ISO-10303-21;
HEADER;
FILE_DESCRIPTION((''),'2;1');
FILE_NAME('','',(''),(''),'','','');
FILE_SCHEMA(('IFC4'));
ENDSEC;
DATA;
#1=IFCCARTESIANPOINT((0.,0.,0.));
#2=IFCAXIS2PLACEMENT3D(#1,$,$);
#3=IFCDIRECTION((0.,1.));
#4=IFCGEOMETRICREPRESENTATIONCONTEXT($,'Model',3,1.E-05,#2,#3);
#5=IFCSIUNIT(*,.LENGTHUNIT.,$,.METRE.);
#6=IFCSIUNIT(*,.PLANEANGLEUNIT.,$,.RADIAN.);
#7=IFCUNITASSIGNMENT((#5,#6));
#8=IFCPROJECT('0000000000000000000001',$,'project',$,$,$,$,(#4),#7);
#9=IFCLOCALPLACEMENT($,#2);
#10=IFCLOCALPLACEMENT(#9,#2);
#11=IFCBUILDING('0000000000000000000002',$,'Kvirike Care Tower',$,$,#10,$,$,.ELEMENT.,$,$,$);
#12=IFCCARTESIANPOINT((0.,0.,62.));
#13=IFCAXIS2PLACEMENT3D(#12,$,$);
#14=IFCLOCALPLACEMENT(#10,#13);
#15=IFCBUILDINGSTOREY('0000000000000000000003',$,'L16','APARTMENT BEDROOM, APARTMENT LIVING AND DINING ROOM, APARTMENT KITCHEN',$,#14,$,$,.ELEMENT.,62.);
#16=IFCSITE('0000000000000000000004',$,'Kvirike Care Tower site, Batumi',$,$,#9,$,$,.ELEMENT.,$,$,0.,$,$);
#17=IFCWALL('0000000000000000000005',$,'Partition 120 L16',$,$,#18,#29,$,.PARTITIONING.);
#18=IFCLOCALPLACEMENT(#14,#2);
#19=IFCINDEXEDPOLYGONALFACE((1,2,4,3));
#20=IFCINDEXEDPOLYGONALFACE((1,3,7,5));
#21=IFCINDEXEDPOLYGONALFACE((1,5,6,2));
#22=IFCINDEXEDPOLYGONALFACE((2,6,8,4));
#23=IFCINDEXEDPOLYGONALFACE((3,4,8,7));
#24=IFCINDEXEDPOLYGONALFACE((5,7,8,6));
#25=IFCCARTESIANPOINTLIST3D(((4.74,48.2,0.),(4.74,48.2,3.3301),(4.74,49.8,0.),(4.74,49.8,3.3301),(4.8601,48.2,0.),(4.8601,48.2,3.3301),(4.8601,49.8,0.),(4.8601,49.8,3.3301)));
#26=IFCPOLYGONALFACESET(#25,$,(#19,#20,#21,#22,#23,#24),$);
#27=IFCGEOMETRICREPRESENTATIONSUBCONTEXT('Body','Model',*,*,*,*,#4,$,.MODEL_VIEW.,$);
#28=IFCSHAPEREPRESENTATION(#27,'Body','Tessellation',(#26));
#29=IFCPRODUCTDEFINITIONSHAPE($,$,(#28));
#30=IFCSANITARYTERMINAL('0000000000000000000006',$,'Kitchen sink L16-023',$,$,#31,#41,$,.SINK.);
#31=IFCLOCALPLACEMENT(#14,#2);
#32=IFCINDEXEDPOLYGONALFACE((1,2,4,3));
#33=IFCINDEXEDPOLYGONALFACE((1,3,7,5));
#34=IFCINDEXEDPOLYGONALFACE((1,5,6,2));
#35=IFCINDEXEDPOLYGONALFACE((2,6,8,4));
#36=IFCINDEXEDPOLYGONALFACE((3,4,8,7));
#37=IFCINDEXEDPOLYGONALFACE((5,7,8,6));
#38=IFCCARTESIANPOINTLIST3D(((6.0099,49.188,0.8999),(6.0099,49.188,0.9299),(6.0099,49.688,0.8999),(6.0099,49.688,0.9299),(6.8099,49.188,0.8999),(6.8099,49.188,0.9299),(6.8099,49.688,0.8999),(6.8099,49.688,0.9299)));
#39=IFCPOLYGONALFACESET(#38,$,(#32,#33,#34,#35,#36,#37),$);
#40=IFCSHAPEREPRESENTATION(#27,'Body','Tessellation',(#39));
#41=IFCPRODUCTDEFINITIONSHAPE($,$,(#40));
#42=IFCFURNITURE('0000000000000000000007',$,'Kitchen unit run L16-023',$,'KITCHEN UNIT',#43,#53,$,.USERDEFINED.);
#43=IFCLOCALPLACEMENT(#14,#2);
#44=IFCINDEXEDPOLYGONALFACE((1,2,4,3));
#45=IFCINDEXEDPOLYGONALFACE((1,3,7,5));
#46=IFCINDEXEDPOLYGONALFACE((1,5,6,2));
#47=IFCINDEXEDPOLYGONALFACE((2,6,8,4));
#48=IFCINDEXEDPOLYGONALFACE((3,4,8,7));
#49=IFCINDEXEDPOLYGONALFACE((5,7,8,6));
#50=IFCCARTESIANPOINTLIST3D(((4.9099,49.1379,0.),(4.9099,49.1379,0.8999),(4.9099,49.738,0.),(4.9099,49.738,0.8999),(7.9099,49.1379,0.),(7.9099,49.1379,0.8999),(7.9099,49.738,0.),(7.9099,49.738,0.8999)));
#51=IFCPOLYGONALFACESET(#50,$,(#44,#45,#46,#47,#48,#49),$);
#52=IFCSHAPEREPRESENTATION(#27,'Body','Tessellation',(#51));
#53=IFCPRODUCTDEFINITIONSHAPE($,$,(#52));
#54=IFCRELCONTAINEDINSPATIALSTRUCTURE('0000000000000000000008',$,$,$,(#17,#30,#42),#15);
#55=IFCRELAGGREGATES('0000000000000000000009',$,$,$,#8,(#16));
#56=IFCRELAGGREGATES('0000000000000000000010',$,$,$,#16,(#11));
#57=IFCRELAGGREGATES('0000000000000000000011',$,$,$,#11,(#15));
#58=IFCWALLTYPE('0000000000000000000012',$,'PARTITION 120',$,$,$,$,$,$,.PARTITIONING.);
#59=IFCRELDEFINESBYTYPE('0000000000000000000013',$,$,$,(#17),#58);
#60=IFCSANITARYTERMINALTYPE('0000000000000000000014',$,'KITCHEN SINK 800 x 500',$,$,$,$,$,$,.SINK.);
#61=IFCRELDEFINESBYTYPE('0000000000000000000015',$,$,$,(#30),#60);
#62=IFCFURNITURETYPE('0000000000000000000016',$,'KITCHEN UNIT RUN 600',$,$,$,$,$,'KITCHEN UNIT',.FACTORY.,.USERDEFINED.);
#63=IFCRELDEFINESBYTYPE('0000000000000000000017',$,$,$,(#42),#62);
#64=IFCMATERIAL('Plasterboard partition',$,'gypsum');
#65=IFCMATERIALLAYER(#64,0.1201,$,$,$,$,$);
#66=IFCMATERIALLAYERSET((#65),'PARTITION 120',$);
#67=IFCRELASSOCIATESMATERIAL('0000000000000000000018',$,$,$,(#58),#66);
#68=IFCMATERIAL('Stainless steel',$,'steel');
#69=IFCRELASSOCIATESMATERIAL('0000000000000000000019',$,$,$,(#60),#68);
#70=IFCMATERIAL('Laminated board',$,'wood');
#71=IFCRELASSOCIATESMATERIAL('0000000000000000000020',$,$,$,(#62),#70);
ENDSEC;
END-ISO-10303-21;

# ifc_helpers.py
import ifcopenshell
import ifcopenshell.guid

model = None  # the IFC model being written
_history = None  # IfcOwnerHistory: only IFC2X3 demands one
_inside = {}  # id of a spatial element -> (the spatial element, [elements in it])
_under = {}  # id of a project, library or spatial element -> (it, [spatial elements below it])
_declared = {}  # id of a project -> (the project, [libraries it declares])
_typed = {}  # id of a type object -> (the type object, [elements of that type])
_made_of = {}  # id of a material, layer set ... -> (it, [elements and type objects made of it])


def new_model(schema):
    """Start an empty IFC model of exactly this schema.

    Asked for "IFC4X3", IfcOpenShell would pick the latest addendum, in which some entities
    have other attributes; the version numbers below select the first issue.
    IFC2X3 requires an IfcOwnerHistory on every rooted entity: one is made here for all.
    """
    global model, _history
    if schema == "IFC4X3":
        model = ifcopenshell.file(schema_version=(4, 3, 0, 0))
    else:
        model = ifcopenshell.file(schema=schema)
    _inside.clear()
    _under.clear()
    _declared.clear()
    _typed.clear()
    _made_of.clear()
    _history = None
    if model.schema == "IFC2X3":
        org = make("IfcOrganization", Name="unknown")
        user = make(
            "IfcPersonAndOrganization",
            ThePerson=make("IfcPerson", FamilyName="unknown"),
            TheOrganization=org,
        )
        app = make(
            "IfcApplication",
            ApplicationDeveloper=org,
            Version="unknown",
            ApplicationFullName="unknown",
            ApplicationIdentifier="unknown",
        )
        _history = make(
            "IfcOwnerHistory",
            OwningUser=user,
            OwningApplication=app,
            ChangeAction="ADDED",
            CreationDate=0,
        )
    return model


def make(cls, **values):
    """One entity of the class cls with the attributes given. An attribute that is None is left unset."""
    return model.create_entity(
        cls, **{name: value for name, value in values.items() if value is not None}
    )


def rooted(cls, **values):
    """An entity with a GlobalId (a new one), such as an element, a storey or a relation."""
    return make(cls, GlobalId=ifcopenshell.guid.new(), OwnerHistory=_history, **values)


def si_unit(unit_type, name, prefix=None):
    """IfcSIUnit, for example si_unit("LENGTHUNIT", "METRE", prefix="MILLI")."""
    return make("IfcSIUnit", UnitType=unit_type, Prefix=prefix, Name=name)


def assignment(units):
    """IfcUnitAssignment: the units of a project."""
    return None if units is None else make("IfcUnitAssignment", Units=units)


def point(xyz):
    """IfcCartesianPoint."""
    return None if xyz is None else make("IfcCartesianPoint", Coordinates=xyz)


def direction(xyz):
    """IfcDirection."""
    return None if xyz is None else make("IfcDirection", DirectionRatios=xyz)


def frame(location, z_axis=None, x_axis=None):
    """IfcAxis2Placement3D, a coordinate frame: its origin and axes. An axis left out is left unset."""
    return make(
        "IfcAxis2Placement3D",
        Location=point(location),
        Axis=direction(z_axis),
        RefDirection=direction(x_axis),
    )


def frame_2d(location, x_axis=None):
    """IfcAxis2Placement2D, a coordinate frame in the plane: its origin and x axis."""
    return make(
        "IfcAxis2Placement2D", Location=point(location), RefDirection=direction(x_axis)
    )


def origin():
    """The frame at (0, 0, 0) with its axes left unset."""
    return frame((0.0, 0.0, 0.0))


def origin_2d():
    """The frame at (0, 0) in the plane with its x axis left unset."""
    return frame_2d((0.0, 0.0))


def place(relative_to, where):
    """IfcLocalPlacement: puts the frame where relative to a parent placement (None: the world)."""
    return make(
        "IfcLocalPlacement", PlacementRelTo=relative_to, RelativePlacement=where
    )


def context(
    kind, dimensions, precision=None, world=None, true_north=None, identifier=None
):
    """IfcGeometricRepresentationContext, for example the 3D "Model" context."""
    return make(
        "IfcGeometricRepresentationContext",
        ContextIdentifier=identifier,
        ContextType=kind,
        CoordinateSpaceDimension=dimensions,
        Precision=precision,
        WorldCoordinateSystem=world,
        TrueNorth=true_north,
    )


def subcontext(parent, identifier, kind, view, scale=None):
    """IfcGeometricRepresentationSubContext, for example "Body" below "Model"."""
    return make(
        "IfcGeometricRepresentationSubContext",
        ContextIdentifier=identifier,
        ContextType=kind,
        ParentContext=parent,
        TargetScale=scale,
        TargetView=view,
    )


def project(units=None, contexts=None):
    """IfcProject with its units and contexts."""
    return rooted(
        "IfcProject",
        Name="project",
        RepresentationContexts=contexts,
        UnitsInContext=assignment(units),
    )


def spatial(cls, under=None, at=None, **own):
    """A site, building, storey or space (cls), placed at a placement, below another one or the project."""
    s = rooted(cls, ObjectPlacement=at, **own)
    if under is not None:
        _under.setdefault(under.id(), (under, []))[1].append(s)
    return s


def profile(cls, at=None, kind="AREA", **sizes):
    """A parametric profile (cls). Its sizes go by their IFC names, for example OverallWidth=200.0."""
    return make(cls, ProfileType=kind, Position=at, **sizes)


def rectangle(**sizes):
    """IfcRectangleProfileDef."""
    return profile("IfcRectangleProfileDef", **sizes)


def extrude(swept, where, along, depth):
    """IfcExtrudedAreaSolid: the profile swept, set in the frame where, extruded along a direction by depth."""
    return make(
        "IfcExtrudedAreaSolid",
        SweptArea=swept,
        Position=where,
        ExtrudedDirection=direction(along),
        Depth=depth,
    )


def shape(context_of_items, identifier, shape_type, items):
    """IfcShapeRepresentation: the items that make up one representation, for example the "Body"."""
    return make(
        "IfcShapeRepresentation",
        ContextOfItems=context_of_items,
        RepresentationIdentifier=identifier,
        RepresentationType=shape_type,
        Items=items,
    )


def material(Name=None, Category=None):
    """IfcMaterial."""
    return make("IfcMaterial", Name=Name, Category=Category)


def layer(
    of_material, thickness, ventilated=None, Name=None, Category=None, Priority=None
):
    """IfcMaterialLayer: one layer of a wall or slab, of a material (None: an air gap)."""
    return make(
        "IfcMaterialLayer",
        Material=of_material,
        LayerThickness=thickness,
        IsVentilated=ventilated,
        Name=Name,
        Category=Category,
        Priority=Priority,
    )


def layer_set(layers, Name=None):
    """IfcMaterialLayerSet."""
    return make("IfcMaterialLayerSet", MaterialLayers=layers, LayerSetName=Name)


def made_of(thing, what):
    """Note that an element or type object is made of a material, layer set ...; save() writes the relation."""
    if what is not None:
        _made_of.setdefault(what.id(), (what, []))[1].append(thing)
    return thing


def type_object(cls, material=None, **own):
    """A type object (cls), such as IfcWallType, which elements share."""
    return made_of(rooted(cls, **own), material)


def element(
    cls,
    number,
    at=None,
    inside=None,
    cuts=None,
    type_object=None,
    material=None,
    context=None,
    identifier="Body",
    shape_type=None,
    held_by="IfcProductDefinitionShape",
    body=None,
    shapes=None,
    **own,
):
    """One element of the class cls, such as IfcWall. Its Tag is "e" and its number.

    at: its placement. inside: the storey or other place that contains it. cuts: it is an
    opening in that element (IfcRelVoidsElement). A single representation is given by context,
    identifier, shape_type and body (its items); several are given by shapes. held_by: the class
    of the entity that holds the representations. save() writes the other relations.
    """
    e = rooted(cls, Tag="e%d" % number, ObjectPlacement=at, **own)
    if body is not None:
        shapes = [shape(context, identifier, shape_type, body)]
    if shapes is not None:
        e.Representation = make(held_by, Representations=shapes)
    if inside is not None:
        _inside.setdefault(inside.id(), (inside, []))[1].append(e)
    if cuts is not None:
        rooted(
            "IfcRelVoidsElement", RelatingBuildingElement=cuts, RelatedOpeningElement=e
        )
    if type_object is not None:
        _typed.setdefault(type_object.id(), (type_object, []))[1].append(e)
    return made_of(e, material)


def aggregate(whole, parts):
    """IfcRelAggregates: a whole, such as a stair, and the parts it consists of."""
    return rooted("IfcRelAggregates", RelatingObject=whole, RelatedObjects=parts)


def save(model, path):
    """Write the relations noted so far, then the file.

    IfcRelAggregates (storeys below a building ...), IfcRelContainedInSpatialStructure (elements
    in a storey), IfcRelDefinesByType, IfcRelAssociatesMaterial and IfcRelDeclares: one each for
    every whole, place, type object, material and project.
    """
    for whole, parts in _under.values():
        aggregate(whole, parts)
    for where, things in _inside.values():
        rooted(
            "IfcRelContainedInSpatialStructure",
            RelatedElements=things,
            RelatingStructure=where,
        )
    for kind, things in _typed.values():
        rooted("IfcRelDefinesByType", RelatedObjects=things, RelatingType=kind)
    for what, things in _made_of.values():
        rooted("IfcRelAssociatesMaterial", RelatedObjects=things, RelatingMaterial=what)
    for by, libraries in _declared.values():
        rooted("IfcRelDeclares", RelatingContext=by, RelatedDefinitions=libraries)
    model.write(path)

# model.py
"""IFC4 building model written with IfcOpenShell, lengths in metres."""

from ifc_helpers import new_model, si_unit, direction, frame, frame_2d, origin, origin_2d, place, context, subcontext, project, spatial, rectangle, extrude, material, layer, layer_set, type_object, element, save


model = new_model("IFC4")

# Units and contexts
model_context = context("Model", 3, precision=1e-05, world=origin(), true_north=direction((0.0, 1.0)))
body_context = subcontext(model_context, "Body", "Model", "MODEL_VIEW")
ifc_project = project(units=[si_unit("LENGTHUNIT", "METRE"), si_unit("PLANEANGLEUNIT", "RADIAN")], contexts=[model_context])

# Site, building, storey
site_placement = place(None, origin())
site = spatial("IfcSite", under=ifc_project, at=site_placement, Name="Kvirike Care Tower site, Batumi", CompositionType="ELEMENT", RefElevation=0.0)
building_placement = place(site_placement, origin())
building = spatial("IfcBuilding", under=site, at=building_placement, Name="Kvirike Care Tower", CompositionType="ELEMENT")
storey_placement = place(building_placement, frame((0.0, 0.0, 62.0)))
storey = spatial("IfcBuildingStorey", under=building, at=storey_placement, Name="L16", Description="APARTMENT BEDROOM, APARTMENT LIVING AND DINING ROOM, APARTMENT KITCHEN", CompositionType="ELEMENT", Elevation=62.0)

# Wall
ifc_material_1 = material(Name="Plasterboard partition", Category="gypsum")
ifc_layer_1 = layer(ifc_material_1, 0.1201)
ifc_layer_set_1 = layer_set([ifc_layer_1], Name="PARTITION 120")
wall_type_1 = type_object("IfcWallType", Name="PARTITION 120", PredefinedType="PARTITIONING", material=ifc_layer_set_1)
wall_1_placement = place(storey_placement, frame((4.8, 49.8, 0.0), z_axis=(0.0, 0.0, 1.0), x_axis=(0.0, -1.0, 0.0)))
element("IfcWall", 1, at=wall_1_placement, inside=storey, type_object=wall_type_1, Name="Partition 120 L16", PredefinedType="PARTITIONING", context=body_context, shape_type="SweptSolid", body=[
    extrude(rectangle(XDim=1.6001, YDim=0.1201, at=frame_2d((0.8, 0.0))), origin(), (0.0, 0.0, 1.0), 3.3301),
])

# Sanitary terminal
ifc_material_2 = material(Name="Stainless steel", Category="steel")
sanitary_terminal_type = type_object("IfcSanitaryTerminalType", Name="KITCHEN SINK 800 x 500", PredefinedType="SINK", material=ifc_material_2)
sanitary_terminal_placement = place(storey_placement, frame((6.4099, 49.438, 0.8999), z_axis=(0.0, 0.0, 1.0), x_axis=(1.0, 0.0, 0.0)))
element("IfcSanitaryTerminal", 2, at=sanitary_terminal_placement, inside=storey, type_object=sanitary_terminal_type, Name="Kitchen sink L16-023", PredefinedType="SINK", context=body_context, shape_type="SweptSolid", body=[
    extrude(rectangle(XDim=0.8, YDim=0.5, at=origin_2d()), origin(), (0.0, 0.0, 1.0), 0.03),
])

# Furniture
ifc_material_3 = material(Name="Laminated board", Category="wood")
furniture_type = type_object("IfcFurnitureType", Name="KITCHEN UNIT RUN 600", ElementType="KITCHEN UNIT", AssemblyPlace="FACTORY", PredefinedType="USERDEFINED", material=ifc_material_3)
furniture_placement = place(storey_placement, frame((6.4099, 49.438, 0.0), z_axis=(0.0, 0.0, 1.0), x_axis=(1.0, 0.0, 0.0)))
element("IfcFurniture", 3, at=furniture_placement, inside=storey, type_object=furniture_type, Name="Kitchen unit run L16-023", ObjectType="KITCHEN UNIT", PredefinedType="USERDEFINED", context=body_context, shape_type="SweptSolid", body=[
    extrude(rectangle(XDim=3.0, YDim=0.6001, at=origin_2d()), origin(), (0.0, 0.0, 1.0), 0.8999),
])

save(model, "model.ifc")
